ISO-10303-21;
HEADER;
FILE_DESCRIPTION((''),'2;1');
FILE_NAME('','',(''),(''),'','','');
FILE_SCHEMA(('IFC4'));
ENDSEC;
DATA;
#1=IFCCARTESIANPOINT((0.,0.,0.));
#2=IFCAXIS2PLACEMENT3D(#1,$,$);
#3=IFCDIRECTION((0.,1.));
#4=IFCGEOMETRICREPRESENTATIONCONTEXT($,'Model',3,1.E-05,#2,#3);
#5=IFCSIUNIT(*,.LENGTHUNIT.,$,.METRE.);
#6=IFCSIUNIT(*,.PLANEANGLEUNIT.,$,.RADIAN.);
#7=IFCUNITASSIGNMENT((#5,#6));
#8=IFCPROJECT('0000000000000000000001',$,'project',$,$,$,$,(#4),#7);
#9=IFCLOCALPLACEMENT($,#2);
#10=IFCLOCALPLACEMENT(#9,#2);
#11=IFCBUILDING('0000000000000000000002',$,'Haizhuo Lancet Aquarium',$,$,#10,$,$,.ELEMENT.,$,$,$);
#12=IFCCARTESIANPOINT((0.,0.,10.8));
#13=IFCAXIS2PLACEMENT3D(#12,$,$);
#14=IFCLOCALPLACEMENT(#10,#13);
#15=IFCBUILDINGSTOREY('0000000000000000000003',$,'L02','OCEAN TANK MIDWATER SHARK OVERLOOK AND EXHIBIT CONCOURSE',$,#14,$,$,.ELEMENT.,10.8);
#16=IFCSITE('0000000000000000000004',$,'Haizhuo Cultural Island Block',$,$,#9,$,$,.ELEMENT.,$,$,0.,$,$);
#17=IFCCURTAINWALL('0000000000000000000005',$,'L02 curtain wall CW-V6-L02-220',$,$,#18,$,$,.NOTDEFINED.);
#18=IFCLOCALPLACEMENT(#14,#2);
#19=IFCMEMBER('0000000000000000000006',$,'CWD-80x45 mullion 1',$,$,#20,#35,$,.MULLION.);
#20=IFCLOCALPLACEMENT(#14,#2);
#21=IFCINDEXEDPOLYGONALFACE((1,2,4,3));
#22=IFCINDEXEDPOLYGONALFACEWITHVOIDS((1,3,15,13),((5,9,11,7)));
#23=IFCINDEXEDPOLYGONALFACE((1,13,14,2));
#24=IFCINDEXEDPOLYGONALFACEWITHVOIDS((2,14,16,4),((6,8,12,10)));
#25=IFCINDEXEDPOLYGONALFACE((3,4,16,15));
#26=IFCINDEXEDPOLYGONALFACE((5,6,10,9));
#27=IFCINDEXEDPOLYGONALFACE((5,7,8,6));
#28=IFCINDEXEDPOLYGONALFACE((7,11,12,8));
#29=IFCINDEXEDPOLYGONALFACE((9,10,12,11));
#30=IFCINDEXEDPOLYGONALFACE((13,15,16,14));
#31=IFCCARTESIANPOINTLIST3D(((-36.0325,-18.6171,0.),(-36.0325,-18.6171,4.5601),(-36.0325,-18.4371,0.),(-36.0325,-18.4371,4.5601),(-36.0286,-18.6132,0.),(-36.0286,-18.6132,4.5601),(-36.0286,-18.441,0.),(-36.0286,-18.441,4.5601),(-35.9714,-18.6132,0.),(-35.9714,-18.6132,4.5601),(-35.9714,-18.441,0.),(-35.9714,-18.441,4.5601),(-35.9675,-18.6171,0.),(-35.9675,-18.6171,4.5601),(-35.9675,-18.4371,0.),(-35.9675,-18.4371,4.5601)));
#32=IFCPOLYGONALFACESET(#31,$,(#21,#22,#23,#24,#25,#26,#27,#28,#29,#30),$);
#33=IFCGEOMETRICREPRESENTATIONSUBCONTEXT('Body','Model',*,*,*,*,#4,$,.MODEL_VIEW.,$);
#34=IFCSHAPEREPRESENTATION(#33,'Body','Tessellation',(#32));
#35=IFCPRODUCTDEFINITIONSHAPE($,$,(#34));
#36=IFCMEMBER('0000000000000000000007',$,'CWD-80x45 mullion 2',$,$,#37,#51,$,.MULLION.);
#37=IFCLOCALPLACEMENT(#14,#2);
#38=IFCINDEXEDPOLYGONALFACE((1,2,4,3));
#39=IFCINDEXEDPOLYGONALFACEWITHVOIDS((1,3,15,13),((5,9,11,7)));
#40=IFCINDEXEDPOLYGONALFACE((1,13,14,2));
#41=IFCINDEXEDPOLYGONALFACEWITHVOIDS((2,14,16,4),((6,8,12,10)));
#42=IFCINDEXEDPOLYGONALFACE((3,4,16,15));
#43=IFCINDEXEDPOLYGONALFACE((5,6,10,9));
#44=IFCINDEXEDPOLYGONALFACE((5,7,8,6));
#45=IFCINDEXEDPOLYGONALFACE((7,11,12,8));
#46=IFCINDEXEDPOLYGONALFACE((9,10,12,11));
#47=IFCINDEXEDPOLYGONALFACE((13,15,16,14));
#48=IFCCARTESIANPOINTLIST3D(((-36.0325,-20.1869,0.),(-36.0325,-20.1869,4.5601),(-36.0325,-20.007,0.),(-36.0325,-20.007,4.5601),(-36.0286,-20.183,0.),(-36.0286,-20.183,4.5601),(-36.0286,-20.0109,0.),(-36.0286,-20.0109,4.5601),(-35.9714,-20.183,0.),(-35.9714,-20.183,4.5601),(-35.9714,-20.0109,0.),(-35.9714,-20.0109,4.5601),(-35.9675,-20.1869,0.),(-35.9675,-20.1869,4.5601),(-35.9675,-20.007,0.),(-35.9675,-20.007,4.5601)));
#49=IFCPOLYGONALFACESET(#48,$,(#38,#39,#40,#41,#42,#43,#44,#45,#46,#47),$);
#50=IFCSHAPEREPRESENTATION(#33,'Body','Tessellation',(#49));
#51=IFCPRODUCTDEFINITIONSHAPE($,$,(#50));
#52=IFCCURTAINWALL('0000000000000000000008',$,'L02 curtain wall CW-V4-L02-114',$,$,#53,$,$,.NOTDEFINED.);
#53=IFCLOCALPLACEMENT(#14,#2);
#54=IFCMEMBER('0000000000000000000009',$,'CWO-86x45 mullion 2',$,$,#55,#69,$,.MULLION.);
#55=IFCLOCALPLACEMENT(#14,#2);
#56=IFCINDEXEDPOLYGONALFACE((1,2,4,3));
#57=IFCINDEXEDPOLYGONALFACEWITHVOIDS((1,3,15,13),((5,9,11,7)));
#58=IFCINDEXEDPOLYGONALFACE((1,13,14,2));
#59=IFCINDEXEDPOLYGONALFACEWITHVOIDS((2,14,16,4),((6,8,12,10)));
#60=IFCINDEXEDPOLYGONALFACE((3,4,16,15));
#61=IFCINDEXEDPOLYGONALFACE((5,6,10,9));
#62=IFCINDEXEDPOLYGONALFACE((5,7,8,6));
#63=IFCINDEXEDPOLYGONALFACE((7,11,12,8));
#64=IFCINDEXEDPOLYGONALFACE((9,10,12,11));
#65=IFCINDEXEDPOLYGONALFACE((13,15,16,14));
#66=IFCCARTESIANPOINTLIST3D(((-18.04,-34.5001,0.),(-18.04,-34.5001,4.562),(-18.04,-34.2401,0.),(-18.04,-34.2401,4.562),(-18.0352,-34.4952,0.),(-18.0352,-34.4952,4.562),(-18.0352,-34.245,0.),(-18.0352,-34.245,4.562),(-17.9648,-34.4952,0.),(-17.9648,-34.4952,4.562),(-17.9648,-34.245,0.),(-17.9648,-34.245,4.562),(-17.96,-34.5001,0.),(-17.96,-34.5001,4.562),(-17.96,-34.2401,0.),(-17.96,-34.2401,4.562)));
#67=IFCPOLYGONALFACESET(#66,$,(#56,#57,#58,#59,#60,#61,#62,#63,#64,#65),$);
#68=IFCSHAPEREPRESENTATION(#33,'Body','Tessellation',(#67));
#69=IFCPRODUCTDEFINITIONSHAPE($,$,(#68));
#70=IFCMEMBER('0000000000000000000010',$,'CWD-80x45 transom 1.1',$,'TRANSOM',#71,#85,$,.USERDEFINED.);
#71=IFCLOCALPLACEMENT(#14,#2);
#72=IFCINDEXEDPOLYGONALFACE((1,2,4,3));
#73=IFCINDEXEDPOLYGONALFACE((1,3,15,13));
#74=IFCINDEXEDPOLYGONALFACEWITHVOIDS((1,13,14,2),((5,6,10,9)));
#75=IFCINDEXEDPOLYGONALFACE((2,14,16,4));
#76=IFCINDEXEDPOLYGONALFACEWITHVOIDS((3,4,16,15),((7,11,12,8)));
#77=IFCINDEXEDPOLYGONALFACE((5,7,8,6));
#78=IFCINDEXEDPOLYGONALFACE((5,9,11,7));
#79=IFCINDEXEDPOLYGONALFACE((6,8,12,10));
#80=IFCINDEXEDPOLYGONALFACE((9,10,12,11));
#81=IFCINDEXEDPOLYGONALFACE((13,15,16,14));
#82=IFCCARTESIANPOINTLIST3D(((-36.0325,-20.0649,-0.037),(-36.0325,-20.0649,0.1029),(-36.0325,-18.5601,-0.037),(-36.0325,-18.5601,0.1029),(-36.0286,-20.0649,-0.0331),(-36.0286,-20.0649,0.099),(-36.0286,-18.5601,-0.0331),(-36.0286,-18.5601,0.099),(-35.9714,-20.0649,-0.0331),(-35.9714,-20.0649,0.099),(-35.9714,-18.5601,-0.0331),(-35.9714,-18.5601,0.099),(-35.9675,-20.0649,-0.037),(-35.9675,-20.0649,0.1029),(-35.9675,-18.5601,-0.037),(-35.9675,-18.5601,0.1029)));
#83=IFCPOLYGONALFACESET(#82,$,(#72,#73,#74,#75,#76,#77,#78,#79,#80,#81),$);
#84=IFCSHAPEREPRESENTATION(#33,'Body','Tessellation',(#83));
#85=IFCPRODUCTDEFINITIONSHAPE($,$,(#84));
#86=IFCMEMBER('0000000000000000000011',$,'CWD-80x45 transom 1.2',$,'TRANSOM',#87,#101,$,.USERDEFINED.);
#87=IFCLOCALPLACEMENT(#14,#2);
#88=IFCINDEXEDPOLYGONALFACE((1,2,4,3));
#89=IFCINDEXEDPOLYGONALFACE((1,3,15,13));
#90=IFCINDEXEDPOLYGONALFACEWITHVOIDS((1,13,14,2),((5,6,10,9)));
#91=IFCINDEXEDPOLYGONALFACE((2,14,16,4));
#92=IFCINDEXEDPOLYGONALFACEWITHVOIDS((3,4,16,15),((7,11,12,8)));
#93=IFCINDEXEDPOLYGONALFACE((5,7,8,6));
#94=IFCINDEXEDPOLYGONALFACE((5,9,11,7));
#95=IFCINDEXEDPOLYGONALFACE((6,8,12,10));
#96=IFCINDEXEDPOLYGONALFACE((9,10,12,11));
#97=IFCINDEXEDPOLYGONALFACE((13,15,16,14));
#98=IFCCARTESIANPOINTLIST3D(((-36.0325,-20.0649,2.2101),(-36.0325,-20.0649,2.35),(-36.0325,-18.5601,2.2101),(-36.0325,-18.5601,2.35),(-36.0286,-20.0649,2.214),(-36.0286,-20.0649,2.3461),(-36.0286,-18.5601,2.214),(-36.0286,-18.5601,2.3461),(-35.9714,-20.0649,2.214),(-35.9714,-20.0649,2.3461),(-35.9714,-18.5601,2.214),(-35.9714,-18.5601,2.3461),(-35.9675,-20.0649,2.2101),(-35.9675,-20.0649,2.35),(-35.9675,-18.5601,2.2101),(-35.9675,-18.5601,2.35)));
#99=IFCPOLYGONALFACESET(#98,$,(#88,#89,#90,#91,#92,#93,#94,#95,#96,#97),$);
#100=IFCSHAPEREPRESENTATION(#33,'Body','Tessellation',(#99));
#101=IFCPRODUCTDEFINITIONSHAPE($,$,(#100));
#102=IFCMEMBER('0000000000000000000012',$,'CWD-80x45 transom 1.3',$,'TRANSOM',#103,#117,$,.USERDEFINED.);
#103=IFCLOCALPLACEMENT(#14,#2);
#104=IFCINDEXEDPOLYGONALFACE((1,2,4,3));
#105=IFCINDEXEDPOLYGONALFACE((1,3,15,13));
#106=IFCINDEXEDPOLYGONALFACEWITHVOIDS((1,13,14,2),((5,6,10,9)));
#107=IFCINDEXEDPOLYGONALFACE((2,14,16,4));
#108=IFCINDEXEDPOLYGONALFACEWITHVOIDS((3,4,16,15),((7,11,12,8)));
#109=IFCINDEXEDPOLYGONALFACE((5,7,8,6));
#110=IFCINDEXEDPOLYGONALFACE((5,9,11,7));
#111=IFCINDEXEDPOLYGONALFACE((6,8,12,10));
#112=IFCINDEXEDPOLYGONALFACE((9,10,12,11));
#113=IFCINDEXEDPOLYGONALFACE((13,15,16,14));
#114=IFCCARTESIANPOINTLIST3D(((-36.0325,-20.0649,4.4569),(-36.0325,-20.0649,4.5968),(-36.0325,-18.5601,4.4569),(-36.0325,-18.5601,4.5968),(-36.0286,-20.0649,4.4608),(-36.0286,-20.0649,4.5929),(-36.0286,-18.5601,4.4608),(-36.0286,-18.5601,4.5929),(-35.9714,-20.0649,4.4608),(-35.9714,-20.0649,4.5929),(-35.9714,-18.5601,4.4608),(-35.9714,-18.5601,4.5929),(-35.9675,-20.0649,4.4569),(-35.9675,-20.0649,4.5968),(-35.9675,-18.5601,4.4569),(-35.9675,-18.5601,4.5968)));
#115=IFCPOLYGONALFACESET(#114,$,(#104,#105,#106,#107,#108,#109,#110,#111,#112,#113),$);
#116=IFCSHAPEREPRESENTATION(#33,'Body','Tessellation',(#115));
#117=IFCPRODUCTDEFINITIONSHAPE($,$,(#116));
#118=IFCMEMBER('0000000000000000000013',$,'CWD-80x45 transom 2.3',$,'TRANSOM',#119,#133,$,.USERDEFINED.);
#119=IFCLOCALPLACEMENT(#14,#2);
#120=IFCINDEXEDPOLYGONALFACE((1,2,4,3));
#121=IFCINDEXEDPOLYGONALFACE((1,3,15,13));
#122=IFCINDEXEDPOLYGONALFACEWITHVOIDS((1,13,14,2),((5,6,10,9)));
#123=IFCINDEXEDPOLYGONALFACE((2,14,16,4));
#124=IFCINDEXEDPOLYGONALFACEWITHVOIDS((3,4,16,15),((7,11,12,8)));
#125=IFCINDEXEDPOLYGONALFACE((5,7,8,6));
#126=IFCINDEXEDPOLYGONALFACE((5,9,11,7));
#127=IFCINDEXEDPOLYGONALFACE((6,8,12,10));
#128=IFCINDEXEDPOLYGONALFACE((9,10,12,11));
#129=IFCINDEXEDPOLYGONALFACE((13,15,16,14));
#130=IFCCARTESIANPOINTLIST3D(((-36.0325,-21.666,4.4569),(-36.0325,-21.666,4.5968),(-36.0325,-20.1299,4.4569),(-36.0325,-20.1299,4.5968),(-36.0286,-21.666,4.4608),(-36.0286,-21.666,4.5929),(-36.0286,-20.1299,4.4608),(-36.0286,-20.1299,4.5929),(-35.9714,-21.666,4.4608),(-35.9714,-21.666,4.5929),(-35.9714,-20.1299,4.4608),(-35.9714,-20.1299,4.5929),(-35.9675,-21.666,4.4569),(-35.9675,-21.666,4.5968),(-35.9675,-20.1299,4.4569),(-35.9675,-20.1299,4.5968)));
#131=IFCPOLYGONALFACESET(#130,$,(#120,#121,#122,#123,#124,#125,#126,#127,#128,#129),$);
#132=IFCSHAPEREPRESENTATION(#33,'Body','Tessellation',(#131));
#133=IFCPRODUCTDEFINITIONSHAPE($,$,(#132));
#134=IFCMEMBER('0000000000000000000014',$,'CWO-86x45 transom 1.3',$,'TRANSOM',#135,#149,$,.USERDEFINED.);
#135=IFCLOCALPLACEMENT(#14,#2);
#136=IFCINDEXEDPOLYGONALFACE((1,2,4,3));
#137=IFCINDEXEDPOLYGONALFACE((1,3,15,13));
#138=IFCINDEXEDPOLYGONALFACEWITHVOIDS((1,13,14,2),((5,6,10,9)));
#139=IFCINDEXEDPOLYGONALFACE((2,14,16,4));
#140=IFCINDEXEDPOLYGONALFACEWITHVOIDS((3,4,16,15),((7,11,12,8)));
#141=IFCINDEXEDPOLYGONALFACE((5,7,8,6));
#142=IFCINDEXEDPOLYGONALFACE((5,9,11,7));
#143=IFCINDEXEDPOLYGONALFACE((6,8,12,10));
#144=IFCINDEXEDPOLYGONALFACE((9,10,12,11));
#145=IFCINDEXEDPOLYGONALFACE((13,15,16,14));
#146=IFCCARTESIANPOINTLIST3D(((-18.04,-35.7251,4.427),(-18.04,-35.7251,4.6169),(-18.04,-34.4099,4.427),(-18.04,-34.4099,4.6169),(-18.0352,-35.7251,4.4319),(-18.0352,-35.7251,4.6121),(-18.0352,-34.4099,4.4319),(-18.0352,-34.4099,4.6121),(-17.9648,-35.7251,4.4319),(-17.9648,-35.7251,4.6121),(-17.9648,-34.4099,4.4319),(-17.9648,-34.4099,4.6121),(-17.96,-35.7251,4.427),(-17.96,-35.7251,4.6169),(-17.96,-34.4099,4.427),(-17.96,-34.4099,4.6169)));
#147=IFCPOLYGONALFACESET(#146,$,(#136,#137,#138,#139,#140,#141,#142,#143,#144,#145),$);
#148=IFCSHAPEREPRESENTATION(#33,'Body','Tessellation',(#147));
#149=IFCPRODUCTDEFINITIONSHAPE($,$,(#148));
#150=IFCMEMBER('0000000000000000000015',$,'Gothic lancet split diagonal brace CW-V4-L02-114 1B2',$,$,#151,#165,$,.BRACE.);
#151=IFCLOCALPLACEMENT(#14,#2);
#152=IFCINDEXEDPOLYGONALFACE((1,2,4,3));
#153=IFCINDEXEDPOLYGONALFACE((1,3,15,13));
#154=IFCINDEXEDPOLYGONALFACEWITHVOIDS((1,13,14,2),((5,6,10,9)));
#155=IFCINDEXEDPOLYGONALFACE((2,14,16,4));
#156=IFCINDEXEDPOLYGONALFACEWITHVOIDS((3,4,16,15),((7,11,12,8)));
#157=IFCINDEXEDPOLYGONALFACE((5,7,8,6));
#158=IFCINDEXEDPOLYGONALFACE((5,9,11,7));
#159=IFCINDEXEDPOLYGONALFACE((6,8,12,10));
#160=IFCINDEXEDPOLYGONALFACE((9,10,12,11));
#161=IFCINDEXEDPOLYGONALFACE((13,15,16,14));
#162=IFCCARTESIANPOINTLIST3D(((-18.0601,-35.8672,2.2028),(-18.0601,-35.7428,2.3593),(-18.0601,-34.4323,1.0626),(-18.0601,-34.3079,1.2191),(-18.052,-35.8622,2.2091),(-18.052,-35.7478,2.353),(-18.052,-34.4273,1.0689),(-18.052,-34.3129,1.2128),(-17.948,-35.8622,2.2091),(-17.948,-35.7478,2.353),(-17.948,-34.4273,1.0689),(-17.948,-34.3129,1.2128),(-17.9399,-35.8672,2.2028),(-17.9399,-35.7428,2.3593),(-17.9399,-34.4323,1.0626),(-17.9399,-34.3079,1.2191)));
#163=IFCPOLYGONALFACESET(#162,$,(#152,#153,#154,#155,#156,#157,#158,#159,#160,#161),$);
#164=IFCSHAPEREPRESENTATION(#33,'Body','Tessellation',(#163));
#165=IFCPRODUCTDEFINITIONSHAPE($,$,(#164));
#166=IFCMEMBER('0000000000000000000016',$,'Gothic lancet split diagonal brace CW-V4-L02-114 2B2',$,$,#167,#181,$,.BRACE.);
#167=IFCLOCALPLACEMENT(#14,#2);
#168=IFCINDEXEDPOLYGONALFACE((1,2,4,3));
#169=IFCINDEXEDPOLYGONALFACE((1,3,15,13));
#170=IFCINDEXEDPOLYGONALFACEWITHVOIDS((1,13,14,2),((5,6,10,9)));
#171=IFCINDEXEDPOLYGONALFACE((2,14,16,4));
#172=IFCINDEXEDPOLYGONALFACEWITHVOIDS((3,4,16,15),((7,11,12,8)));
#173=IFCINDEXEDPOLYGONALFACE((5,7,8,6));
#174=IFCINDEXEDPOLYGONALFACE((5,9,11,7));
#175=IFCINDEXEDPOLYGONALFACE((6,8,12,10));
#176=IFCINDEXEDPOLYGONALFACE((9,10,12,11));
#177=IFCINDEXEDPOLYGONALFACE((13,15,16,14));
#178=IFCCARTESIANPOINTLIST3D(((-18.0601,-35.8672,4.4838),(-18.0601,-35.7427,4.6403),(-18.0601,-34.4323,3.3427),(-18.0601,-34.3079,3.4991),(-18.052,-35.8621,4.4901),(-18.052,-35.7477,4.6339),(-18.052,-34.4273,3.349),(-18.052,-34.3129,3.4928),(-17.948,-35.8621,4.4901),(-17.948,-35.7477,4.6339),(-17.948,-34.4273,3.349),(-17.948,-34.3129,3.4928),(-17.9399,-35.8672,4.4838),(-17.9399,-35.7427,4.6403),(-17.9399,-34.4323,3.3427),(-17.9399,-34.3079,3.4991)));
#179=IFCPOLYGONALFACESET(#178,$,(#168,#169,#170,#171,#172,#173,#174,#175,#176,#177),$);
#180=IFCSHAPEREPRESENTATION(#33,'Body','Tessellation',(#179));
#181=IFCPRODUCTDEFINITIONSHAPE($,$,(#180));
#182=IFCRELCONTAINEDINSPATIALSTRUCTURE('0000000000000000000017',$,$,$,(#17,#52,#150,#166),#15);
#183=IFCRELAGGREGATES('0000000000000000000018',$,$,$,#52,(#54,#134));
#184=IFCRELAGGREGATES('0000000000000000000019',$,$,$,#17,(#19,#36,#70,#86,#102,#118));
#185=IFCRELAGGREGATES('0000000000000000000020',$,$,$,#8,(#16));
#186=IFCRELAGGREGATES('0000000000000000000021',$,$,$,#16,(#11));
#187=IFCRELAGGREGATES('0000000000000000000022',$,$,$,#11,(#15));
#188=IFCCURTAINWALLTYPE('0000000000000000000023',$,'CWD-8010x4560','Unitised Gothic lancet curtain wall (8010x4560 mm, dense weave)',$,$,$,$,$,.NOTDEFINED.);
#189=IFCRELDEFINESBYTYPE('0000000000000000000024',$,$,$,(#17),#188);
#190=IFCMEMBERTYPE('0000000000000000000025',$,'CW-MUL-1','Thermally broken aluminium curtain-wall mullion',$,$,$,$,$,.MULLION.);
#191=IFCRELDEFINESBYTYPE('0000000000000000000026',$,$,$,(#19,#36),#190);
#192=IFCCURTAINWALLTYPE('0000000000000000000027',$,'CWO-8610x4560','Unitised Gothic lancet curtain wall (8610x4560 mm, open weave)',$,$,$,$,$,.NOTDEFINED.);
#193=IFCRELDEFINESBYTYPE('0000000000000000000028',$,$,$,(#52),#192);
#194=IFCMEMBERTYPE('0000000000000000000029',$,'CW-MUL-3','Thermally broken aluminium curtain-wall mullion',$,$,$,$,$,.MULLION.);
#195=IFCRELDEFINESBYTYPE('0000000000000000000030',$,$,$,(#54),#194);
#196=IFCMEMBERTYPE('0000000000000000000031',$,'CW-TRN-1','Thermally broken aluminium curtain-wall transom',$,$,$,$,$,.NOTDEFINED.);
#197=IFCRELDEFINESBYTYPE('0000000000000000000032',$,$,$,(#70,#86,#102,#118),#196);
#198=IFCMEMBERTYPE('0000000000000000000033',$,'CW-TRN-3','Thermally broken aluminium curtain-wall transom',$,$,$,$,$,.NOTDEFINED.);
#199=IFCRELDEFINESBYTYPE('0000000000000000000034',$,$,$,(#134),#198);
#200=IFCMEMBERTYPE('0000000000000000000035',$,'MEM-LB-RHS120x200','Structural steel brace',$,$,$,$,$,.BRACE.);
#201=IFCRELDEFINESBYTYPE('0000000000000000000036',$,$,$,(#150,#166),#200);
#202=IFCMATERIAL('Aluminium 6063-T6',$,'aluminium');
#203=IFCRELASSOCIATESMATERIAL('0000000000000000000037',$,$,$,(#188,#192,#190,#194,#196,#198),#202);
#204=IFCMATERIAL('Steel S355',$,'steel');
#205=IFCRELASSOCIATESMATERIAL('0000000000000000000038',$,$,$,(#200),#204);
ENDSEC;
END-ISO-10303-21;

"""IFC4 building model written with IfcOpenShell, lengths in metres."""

from ifc_helpers import new_model, si_unit, direction, frame, origin, origin_2d, place, context, subcontext, project, spatial, hollow_rectangle, extrude, material, material_profile, profile_set, type_object, element, aggregate, save


model = new_model("IFC4")

# Units and contexts
model_context = context("Model", 3, precision=1e-05, world=origin(), true_north=direction((0.0, 1.0)))
body_context = subcontext(model_context, "Body", "Model", "MODEL_VIEW")
ifc_project = project(units=[si_unit("LENGTHUNIT", "METRE"), si_unit("PLANEANGLEUNIT", "RADIAN")], contexts=[model_context])

# Site, building, storey
site_placement = place(None, origin())
site = spatial("IfcSite", under=ifc_project, at=site_placement, Name="Haizhuo Cultural Island Block", CompositionType="ELEMENT", RefElevation=0.0)
building_placement = place(site_placement, origin())
building = spatial("IfcBuilding", under=site, at=building_placement, Name="Haizhuo Lancet Aquarium", CompositionType="ELEMENT")
storey_placement = place(building_placement, frame((0.0, 0.0, 10.8)))
storey = spatial("IfcBuildingStorey", under=building, at=storey_placement, Name="L02", Description="OCEAN TANK MIDWATER SHARK OVERLOOK AND EXHIBIT CONCOURSE", CompositionType="ELEMENT", Elevation=10.8)

# Curtain wall, members
ifc_material_1 = material(Name="Aluminium 6063-T6", Category="aluminium")
curtain_wall_type_1 = type_object("IfcCurtainWallType", Name="CWD-8010x4560", Description="Unitised Gothic lancet curtain wall (8010x4560 mm, dense weave)", PredefinedType="NOTDEFINED", material=ifc_material_1)
curtain_wall_1_placement = place(storey_placement, origin())
curtain_wall_1 = element("IfcCurtainWall", 1, at=curtain_wall_1_placement, inside=storey, type_object=curtain_wall_type_1, Name="L02 curtain wall CW-V6-L02-220", PredefinedType="NOTDEFINED")
ifc_material_profile_1 = material_profile(ifc_material_1, hollow_rectangle(XDim=0.0649, YDim=0.1799, WallThickness=0.0039, at=origin_2d()), Name="ALU-M 65x180x4")
ifc_profile_set_1 = profile_set([ifc_material_profile_1], Name="Aluminium 6063-T6")
member_type_1 = type_object("IfcMemberType", Name="CW-MUL-1", Description="Thermally broken aluminium curtain-wall mullion", PredefinedType="MULLION", material=ifc_profile_set_1)
member_1_placement = place(storey_placement, frame((-36.0, -18.5271, 0.0), z_axis=(0.0, 0.0, 1.0), x_axis=(1.0, 0.0, 0.0)))
member_1 = element("IfcMember", 2, at=member_1_placement, type_object=member_type_1, Name="CWD-80x45 mullion 1", PredefinedType="MULLION", context=body_context, shape_type="SweptSolid", body=[
    extrude(hollow_rectangle(XDim=0.0649, YDim=0.1799, WallThickness=0.0039, at=origin_2d()), origin(), (0.0, 0.0, 1.0), 4.5601),
])
member_2_placement = place(storey_placement, frame((-36.0, -20.0969, 0.0), z_axis=(0.0, 0.0, 1.0), x_axis=(1.0, 0.0, 0.0)))
member_2 = element("IfcMember", 3, at=member_2_placement, type_object=member_type_1, Name="CWD-80x45 mullion 2", PredefinedType="MULLION", context=body_context, shape_type="SweptSolid", body=[
    extrude(hollow_rectangle(XDim=0.0649, YDim=0.1799, WallThickness=0.0039, at=origin_2d()), origin(), (0.0, 0.0, 1.0), 4.5601),
])

# Curtain wall, member
curtain_wall_type_2 = type_object("IfcCurtainWallType", Name="CWO-8610x4560", Description="Unitised Gothic lancet curtain wall (8610x4560 mm, open weave)", PredefinedType="NOTDEFINED", material=ifc_material_1)
curtain_wall_2_placement = place(storey_placement, origin())
curtain_wall_2 = element("IfcCurtainWall", 4, at=curtain_wall_2_placement, inside=storey, type_object=curtain_wall_type_2, Name="L02 curtain wall CW-V4-L02-114", PredefinedType="NOTDEFINED")
ifc_material_profile_2 = material_profile(ifc_material_1, hollow_rectangle(XDim=0.0801, YDim=0.26, WallThickness=0.0049, at=origin_2d()), Name="ALU-M 80x260x5")
ifc_profile_set_2 = profile_set([ifc_material_profile_2], Name="Aluminium 6063-T6")
member_type_2 = type_object("IfcMemberType", Name="CW-MUL-3", Description="Thermally broken aluminium curtain-wall mullion", PredefinedType="MULLION", material=ifc_profile_set_2)
member_3_placement = place(storey_placement, frame((-18.0, -34.3701, 0.0), z_axis=(0.0, 0.0, 1.0), x_axis=(-1.0, 0.0, 0.0)))
member_3 = element("IfcMember", 5, at=member_3_placement, type_object=member_type_2, Name="CWO-86x45 mullion 2", PredefinedType="MULLION", context=body_context, shape_type="SweptSolid", body=[
    extrude(hollow_rectangle(XDim=0.0801, YDim=0.26, WallThickness=0.0049, at=origin_2d()), origin(), (0.0, 0.0, 1.0), 4.562),
])

# Members
ifc_material_profile_3 = material_profile(ifc_material_1, hollow_rectangle(XDim=0.0649, YDim=0.1399, WallThickness=0.0039, at=origin_2d()), Name="ALU-T 65x140x4")
ifc_profile_set_3 = profile_set([ifc_material_profile_3], Name="Aluminium 6063-T6")
member_type_3 = type_object("IfcMemberType", Name="CW-TRN-1", Description="Thermally broken aluminium curtain-wall transom", PredefinedType="NOTDEFINED", material=ifc_profile_set_3)
member_4_placement = place(storey_placement, frame((-36.0, -18.5601, 0.033), z_axis=(0.0, -1.0, 0.0), x_axis=(1.0, 0.0, 0.0)))
member_4 = element("IfcMember", 6, at=member_4_placement, type_object=member_type_3, Name="CWD-80x45 transom 1.1", ObjectType="TRANSOM", PredefinedType="USERDEFINED", context=body_context, shape_type="SweptSolid", body=[
    extrude(hollow_rectangle(XDim=0.0649, YDim=0.1399, WallThickness=0.0039, at=origin_2d()), origin(), (0.0, 0.0, 1.0), 1.5049),
])
member_5_placement = place(storey_placement, frame((-36.0, -18.5601, 2.28), z_axis=(0.0, -1.0, 0.0), x_axis=(1.0, 0.0, 0.0)))
member_5 = element("IfcMember", 7, at=member_5_placement, type_object=member_type_3, Name="CWD-80x45 transom 1.2", ObjectType="TRANSOM", PredefinedType="USERDEFINED", context=body_context, shape_type="SweptSolid", body=[
    extrude(hollow_rectangle(XDim=0.0649, YDim=0.1399, WallThickness=0.0039, at=origin_2d()), origin(), (0.0, 0.0, 1.0), 1.5049),
])
member_6_placement = place(storey_placement, frame((-36.0, -18.5601, 4.5269), z_axis=(0.0, -1.0, 0.0), x_axis=(1.0, 0.0, 0.0)))
member_6 = element("IfcMember", 8, at=member_6_placement, type_object=member_type_3, Name="CWD-80x45 transom 1.3", ObjectType="TRANSOM", PredefinedType="USERDEFINED", context=body_context, shape_type="SweptSolid", body=[
    extrude(hollow_rectangle(XDim=0.0649, YDim=0.1399, WallThickness=0.0039, at=origin_2d()), origin(), (0.0, 0.0, 1.0), 1.5049),
])
member_7_placement = place(storey_placement, frame((-36.0, -20.1299, 4.5269), z_axis=(0.0, -1.0, 0.0), x_axis=(1.0, 0.0, 0.0)))
member_7 = element("IfcMember", 9, at=member_7_placement, type_object=member_type_3, Name="CWD-80x45 transom 2.3", ObjectType="TRANSOM", PredefinedType="USERDEFINED", context=body_context, shape_type="SweptSolid", body=[
    extrude(hollow_rectangle(XDim=0.0649, YDim=0.1399, WallThickness=0.0039, at=origin_2d()), origin(), (0.0, 0.0, 1.0), 1.5361),
])
ifc_material_profile_4 = material_profile(ifc_material_1, hollow_rectangle(XDim=0.0801, YDim=0.1899, WallThickness=0.0049, at=origin_2d()), Name="ALU-T 80x190x5")
ifc_profile_set_4 = profile_set([ifc_material_profile_4], Name="Aluminium 6063-T6")
member_type_4 = type_object("IfcMemberType", Name="CW-TRN-3", Description="Thermally broken aluminium curtain-wall transom", PredefinedType="NOTDEFINED", material=ifc_profile_set_4)
member_8_placement = place(storey_placement, frame((-18.0, -35.7251, 4.522), z_axis=(0.0, 1.0, 0.0), x_axis=(-1.0, 0.0, 0.0)))
member_8 = element("IfcMember", 10, at=member_8_placement, type_object=member_type_4, Name="CWO-86x45 transom 1.3", ObjectType="TRANSOM", PredefinedType="USERDEFINED", context=body_context, shape_type="SweptSolid", body=[
    extrude(hollow_rectangle(XDim=0.0801, YDim=0.1899, WallThickness=0.0049, at=origin_2d()), origin(), (0.0, 0.0, 1.0), 1.3152),
])

# Members
ifc_material_2 = material(Name="Steel S355", Category="steel")
ifc_material_profile_5 = material_profile(ifc_material_2, hollow_rectangle(XDim=0.1201, YDim=0.2, WallThickness=0.0081, at=origin_2d()), Name="RHS 120x200x8")
ifc_profile_set_5 = profile_set([ifc_material_profile_5], Name="Steel S355")
member_type_5 = type_object("IfcMemberType", Name="MEM-LB-RHS120x200", Description="Structural steel brace", PredefinedType="BRACE", material=ifc_profile_set_5)
member_9_placement = place(storey_placement, frame((-18.0, -34.3701, 1.1409), z_axis=(0.0, -0.782918, 0.622125), x_axis=(1.0, 0.0, 0.0)))
element("IfcMember", 11, at=member_9_placement, inside=storey, type_object=member_type_5, Name="Gothic lancet split diagonal brace CW-V4-L02-114 1B2", PredefinedType="BRACE", context=body_context, shape_type="SweptSolid", body=[
    extrude(hollow_rectangle(XDim=0.1201, YDim=0.2, WallThickness=0.0081, at=origin_2d()), origin(), (0.0, 0.0, 1.0), 1.8328),
])
member_10_placement = place(storey_placement, frame((-18.0, -34.3701, 3.4209), z_axis=(0.0, -0.782659, 0.622451), x_axis=(1.0, 0.0, 0.0)))
element("IfcMember", 12, at=member_10_placement, inside=storey, type_object=member_type_5, Name="Gothic lancet split diagonal brace CW-V4-L02-114 2B2", PredefinedType="BRACE", context=body_context, shape_type="SweptSolid", body=[
    extrude(hollow_rectangle(XDim=0.1201, YDim=0.2, WallThickness=0.0081, at=origin_2d()), origin(), (0.0, 0.0, 1.0), 1.8333),
])

aggregate(curtain_wall_2, [member_3, member_8])
aggregate(curtain_wall_1, [member_1, member_2, member_4, member_5, member_6, member_7])

save(model, "model.ifc")
